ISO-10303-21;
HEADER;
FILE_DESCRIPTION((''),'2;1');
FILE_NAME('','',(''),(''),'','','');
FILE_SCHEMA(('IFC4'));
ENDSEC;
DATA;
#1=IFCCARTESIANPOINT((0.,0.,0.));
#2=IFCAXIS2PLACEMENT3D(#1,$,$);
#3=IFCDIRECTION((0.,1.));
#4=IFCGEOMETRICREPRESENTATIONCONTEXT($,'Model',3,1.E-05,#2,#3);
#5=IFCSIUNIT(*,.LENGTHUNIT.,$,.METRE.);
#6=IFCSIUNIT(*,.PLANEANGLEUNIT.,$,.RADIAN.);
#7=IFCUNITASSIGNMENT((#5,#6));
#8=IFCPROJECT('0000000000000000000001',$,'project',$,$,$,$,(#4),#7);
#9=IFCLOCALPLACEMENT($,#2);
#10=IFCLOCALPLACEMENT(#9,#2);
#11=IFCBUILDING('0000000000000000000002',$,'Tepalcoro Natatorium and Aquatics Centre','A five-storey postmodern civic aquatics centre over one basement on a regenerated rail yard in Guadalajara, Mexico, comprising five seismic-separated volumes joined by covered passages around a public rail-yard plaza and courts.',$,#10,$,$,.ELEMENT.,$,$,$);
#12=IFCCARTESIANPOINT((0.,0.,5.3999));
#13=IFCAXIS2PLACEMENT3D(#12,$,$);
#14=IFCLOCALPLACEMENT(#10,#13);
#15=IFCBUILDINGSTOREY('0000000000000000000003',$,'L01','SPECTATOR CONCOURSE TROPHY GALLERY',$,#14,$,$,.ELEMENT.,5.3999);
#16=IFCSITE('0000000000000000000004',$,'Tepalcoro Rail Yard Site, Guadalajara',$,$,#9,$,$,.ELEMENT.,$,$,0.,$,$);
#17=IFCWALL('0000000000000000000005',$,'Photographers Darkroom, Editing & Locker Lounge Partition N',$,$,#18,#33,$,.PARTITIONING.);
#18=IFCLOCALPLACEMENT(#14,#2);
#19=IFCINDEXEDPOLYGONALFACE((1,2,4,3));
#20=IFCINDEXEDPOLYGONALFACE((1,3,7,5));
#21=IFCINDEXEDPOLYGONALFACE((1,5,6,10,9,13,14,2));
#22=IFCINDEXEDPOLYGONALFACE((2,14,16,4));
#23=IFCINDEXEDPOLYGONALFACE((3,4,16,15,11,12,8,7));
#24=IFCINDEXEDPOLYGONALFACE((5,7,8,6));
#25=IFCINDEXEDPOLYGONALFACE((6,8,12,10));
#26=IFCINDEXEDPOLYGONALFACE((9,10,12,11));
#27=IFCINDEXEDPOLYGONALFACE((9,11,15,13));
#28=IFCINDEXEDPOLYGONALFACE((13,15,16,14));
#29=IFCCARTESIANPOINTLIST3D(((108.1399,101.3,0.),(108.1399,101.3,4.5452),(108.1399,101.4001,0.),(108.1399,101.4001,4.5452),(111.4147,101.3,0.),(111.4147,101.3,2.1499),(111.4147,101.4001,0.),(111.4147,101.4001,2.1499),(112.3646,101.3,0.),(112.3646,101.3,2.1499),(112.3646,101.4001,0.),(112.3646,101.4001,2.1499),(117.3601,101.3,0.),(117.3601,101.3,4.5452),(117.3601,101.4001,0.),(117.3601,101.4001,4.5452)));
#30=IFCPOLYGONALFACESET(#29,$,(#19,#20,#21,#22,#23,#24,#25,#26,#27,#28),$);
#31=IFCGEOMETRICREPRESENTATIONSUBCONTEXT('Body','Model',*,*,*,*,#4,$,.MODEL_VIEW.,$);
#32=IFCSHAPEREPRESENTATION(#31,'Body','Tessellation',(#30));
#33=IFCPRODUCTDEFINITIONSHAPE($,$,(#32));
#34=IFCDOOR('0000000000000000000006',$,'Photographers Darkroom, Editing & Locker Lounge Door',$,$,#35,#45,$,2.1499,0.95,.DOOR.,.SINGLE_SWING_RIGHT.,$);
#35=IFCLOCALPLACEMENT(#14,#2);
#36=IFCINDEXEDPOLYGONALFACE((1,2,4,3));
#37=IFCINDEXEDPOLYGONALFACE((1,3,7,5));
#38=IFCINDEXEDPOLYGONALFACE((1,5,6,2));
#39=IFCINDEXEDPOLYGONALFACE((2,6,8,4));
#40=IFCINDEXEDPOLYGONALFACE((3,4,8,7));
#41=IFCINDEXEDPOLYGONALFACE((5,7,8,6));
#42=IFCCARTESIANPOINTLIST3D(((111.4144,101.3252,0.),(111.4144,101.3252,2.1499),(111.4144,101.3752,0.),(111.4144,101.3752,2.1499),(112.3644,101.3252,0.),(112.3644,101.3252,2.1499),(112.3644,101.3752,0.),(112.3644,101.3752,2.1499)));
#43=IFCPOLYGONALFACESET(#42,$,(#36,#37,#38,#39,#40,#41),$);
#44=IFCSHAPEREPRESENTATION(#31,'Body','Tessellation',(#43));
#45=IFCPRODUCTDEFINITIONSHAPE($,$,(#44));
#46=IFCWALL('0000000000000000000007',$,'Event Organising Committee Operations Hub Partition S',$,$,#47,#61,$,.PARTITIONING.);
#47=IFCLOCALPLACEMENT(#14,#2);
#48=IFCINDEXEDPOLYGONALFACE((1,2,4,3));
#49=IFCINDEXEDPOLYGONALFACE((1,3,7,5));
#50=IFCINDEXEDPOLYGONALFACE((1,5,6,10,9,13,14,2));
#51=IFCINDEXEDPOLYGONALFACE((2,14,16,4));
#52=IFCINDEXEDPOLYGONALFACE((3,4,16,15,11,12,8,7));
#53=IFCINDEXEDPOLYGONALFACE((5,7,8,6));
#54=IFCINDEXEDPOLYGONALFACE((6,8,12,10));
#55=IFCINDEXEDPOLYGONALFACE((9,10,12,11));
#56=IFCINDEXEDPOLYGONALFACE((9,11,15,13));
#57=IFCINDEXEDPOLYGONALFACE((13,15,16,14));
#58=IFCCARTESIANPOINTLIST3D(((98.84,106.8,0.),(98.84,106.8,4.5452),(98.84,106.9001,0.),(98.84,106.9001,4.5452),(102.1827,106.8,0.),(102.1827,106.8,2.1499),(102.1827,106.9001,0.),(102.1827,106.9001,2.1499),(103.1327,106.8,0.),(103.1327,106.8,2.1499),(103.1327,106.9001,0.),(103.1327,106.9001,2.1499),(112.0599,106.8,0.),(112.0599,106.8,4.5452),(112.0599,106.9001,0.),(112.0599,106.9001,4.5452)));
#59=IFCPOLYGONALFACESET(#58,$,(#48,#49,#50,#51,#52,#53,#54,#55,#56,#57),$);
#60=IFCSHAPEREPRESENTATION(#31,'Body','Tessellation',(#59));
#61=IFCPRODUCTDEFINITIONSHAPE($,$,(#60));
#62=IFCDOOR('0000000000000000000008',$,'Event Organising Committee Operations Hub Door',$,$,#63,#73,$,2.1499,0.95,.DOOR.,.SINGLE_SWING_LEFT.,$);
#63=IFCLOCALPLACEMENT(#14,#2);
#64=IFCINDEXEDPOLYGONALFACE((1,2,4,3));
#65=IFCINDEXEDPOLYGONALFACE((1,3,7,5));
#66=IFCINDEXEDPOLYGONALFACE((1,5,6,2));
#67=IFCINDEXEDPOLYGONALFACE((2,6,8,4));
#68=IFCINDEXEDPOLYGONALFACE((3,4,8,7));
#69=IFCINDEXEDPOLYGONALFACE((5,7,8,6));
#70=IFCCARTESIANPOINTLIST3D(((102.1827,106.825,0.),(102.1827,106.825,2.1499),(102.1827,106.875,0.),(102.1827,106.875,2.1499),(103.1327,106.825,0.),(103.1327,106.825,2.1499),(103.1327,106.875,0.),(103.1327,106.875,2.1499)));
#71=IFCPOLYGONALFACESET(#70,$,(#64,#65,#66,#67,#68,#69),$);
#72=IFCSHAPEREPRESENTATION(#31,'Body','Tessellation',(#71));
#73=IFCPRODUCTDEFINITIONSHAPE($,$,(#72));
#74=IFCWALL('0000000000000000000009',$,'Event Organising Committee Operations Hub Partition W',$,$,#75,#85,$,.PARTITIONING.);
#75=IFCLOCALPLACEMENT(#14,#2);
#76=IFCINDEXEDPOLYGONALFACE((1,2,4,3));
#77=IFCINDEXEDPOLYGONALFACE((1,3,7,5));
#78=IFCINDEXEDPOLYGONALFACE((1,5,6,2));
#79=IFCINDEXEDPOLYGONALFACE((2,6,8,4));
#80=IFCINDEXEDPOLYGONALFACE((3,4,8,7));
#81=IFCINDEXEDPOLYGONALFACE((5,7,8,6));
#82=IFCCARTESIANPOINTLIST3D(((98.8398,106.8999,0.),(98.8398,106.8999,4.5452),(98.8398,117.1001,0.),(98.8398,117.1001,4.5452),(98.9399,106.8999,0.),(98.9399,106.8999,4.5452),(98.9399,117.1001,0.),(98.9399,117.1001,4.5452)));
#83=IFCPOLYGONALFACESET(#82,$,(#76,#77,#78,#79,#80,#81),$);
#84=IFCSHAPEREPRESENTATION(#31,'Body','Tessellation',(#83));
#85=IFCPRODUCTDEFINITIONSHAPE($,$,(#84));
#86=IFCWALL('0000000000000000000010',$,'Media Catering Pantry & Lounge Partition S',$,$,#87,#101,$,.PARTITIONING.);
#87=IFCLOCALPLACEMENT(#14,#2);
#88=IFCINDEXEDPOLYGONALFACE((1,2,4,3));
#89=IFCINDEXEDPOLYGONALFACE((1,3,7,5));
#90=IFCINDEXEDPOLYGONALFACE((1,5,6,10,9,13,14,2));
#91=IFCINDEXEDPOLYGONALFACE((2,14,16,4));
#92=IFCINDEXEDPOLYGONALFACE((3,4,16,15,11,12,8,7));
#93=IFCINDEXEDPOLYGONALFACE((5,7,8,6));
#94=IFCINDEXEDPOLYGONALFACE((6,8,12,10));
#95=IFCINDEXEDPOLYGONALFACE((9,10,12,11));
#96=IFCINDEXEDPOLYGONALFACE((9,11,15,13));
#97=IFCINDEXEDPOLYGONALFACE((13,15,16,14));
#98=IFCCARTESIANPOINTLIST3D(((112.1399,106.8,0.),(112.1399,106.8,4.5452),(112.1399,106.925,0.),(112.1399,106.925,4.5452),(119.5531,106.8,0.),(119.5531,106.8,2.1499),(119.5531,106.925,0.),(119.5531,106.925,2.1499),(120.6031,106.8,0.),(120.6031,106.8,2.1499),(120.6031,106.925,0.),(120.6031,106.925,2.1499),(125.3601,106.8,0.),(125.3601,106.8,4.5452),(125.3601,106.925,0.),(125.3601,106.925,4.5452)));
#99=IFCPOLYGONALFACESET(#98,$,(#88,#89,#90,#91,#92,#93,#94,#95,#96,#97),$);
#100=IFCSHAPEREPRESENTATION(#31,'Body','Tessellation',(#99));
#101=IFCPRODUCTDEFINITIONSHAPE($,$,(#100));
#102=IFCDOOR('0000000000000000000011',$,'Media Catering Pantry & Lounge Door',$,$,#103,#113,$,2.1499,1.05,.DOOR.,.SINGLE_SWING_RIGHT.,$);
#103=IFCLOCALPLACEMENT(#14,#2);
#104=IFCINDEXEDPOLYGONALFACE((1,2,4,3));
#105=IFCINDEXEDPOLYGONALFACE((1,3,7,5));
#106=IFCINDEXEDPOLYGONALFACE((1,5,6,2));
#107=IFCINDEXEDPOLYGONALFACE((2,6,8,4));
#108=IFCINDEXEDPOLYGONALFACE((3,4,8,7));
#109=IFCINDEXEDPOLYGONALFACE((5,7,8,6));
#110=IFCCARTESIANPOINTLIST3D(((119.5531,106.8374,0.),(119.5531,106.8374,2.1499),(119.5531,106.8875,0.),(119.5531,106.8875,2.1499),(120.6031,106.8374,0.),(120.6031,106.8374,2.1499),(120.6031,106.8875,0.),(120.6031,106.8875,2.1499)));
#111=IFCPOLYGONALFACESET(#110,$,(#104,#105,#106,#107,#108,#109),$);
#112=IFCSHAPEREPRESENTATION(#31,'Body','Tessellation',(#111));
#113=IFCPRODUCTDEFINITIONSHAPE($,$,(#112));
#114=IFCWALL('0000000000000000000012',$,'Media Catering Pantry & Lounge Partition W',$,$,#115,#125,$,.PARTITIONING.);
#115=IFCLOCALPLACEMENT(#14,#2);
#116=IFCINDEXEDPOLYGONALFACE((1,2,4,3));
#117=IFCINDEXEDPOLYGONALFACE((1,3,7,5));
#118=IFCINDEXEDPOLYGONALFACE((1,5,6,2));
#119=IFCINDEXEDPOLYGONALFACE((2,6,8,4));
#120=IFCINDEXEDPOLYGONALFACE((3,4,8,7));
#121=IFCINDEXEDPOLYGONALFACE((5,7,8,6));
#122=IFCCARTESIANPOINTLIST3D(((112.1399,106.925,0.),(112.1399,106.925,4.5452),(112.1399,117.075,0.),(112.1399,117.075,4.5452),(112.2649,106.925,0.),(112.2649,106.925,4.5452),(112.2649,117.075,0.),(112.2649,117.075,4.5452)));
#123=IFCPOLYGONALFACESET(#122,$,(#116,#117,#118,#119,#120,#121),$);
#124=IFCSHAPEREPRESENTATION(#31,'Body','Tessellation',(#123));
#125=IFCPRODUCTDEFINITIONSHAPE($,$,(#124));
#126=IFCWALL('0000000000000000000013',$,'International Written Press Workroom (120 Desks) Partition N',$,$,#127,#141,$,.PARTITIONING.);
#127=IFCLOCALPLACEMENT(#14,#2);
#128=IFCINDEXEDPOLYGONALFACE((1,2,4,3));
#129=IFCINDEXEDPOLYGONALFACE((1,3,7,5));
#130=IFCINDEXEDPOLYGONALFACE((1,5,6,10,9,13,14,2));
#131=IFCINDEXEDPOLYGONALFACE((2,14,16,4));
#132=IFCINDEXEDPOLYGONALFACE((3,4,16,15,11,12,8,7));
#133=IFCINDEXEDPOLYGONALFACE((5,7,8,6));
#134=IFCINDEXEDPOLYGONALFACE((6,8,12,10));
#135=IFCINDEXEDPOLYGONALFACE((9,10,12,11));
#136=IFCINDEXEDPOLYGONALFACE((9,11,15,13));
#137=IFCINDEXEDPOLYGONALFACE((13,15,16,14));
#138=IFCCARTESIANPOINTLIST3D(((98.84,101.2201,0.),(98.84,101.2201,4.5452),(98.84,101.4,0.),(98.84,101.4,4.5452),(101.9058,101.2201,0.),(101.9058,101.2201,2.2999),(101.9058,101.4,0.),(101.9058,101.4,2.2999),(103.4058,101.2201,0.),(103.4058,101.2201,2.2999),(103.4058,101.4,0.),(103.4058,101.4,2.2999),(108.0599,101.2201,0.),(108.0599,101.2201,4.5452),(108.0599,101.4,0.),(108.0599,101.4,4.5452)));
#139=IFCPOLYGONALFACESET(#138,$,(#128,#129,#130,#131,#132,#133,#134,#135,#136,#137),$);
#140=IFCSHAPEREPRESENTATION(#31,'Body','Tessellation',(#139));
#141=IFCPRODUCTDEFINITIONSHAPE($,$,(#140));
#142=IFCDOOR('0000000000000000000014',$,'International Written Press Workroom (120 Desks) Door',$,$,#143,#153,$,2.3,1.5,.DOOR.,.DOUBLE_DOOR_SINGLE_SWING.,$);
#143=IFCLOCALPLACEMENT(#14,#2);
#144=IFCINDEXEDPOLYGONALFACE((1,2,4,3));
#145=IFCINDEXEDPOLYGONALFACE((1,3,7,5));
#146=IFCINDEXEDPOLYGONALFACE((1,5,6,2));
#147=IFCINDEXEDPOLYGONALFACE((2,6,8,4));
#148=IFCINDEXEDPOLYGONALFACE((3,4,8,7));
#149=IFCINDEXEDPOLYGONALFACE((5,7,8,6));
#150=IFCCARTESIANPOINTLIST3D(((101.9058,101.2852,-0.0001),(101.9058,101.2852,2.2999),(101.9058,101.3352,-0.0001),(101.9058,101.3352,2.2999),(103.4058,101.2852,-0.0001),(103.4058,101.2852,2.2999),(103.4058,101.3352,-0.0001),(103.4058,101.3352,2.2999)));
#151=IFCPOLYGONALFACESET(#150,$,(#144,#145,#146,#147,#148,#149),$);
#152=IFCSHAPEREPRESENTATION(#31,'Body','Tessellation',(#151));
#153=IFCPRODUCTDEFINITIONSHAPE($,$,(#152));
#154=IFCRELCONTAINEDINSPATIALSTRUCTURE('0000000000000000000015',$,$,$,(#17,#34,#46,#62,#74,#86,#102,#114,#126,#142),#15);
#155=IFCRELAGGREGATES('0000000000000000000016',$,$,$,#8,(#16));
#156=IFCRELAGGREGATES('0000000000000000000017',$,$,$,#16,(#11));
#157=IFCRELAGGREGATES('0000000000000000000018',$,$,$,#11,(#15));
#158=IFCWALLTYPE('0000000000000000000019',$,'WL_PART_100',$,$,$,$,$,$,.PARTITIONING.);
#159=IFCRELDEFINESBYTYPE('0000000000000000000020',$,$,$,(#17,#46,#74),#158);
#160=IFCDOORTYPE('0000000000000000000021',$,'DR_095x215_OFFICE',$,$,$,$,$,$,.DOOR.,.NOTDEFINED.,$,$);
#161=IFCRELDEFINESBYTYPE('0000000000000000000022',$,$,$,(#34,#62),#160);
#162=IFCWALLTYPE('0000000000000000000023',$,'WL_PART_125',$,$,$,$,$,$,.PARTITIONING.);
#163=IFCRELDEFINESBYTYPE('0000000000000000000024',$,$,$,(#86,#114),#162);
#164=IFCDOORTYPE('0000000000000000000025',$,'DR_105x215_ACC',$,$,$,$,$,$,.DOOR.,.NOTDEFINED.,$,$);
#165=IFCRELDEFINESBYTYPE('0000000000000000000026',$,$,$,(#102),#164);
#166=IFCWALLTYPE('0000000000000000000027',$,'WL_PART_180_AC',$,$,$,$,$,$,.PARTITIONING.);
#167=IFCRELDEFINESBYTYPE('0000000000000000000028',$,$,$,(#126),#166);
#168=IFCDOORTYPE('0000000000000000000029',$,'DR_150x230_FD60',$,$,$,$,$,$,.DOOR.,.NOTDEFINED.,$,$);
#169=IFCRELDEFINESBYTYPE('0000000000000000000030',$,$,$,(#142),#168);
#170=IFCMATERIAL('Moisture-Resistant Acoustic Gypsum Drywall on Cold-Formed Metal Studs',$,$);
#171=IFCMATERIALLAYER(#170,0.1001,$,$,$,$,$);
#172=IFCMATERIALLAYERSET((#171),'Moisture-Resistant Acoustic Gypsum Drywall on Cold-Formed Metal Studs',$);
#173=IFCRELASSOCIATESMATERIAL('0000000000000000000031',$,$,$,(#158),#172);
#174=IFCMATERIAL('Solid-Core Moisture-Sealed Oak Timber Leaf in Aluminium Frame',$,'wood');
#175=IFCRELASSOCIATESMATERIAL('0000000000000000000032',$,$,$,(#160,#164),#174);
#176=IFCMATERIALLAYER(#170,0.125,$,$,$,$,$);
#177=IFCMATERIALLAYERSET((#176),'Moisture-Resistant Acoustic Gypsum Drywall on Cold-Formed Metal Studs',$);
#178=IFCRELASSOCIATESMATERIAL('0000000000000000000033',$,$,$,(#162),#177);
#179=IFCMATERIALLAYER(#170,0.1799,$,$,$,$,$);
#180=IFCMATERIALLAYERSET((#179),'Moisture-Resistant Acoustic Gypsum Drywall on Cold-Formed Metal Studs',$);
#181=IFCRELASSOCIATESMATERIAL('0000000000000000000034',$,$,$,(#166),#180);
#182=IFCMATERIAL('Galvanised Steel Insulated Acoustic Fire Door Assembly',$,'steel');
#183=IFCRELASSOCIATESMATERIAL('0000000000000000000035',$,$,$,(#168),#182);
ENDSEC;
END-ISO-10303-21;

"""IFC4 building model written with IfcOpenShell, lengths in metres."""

from ifc_helpers import new_model, si_unit, direction, frame, frame_2d, origin, place, context, subcontext, project, spatial, rectangle, extrude, material, layer, layer_set, type_object, element, fill, save


model = new_model("IFC4")

# Units and contexts
model_context = context("Model", 3, precision=1e-05, world=origin(), true_north=direction((0.0, 1.0)))
body_context = subcontext(model_context, "Body", "Model", "MODEL_VIEW")
ifc_project = project(units=[si_unit("LENGTHUNIT", "METRE"), si_unit("PLANEANGLEUNIT", "RADIAN")], contexts=[model_context])

# Site, building, storey
site_placement = place(None, origin())
site = spatial("IfcSite", under=ifc_project, at=site_placement, Name="Tepalcoro Rail Yard Site, Guadalajara", CompositionType="ELEMENT", RefElevation=0.0)
building_placement = place(site_placement, origin())
building = spatial("IfcBuilding", under=site, at=building_placement, Name="Tepalcoro Natatorium and Aquatics Centre", Description="A five-storey postmodern civic aquatics centre over one basement on a regenerated rail yard in Guadalajara, Mexico, comprising five seismic-separated volumes joined by covered passages around a public rail-yard plaza and courts.", CompositionType="ELEMENT")
storey_placement = place(building_placement, frame((0.0, 0.0, 5.3999)))
storey = spatial("IfcBuildingStorey", under=building, at=storey_placement, Name="L01", Description="SPECTATOR CONCOURSE TROPHY GALLERY", CompositionType="ELEMENT", Elevation=5.3999)

# Walls, openings, doors
ifc_material_1 = material(Name="Moisture-Resistant Acoustic Gypsum Drywall on Cold-Formed Metal Studs")
ifc_layer_1 = layer(ifc_material_1, 0.1001)
ifc_layer_set_1 = layer_set([ifc_layer_1], Name="Moisture-Resistant Acoustic Gypsum Drywall on Cold-Formed Metal Studs")
wall_type_1 = type_object("IfcWallType", Name="WL_PART_100", PredefinedType="PARTITIONING", material=ifc_layer_set_1)
wall_1_placement = place(storey_placement, frame((108.1399, 101.3501, 0.0), z_axis=(0.0, 0.0, 1.0), x_axis=(1.0, 0.0, 0.0)))
wall_1 = element("IfcWall", 1, at=wall_1_placement, inside=storey, type_object=wall_type_1, Name="Photographers Darkroom, Editing & Locker Lounge Partition N", PredefinedType="PARTITIONING", context=body_context, shape_type="SweptSolid", body=[
    extrude(rectangle(XDim=9.2202, YDim=0.1001, at=frame_2d((4.6101, 0.0))), origin(), (0.0, 0.0, 1.0), 4.5452),
])
opening_1_placement = place(wall_1_placement, frame((3.2747, 0.0, 0.0)))
opening_1 = element("IfcOpeningElement", 2, at=opening_1_placement, cuts=wall_1, PredefinedType="OPENING", context=body_context, shape_type="SweptSolid", body=[
    extrude(rectangle(XDim=0.95, YDim=2.1499, at=frame_2d((0.4751, 1.075))), frame((0.0, 0.062, 0.0), z_axis=(0.0, -1.0, 0.0), x_axis=(1.0, 0.0, 0.0)), (0.0, 0.0, 1.0), 0.124),
])
ifc_material_2 = material(Name="Solid-Core Moisture-Sealed Oak Timber Leaf in Aluminium Frame", Category="wood")
door_type_1 = type_object("IfcDoorType", Name="DR_095x215_OFFICE", OperationType="NOTDEFINED", PredefinedType="DOOR", material=ifc_material_2)
door_1_placement = place(opening_1_placement, frame((0.95, 0.0, 0.0), z_axis=(0.0, 0.0, 1.0), x_axis=(-1.0, 0.0, 0.0)))
door_1 = element("IfcDoor", 3, at=door_1_placement, inside=storey, type_object=door_type_1, Name="Photographers Darkroom, Editing & Locker Lounge Door", OperationType="SINGLE_SWING_RIGHT", OverallHeight=2.1499, OverallWidth=0.95, PredefinedType="DOOR", context=body_context, shape_type="SweptSolid", body=[
    extrude(rectangle(XDim=0.95, YDim=2.1499, at=frame_2d((0.4751, 1.075))), frame((0.0, 0.0249, 0.0), z_axis=(0.0, -1.0, 0.0), x_axis=(1.0, 0.0, 0.0)), (0.0, 0.0, 1.0), 0.05),
])
fill(opening_1, door_1)
wall_2_placement = place(storey_placement, frame((98.8401, 106.8501, 0.0), z_axis=(0.0, 0.0, 1.0), x_axis=(1.0, 0.0, 0.0)))
wall_2 = element("IfcWall", 4, at=wall_2_placement, inside=storey, type_object=wall_type_1, Name="Event Organising Committee Operations Hub Partition S", PredefinedType="PARTITIONING", context=body_context, shape_type="SweptSolid", body=[
    extrude(rectangle(XDim=13.22, YDim=0.1001, at=frame_2d((6.6099, 0.0))), origin(), (0.0, 0.0, 1.0), 4.5452),
])
opening_2_placement = place(wall_2_placement, frame((3.3425, 0.0, 0.0)))
opening_2 = element("IfcOpeningElement", 5, at=opening_2_placement, cuts=wall_2, PredefinedType="OPENING", context=body_context, shape_type="SweptSolid", body=[
    extrude(rectangle(XDim=0.95, YDim=2.1499, at=frame_2d((0.4751, 1.075))), frame((0.0, 0.062, 0.0), z_axis=(0.0, -1.0, 0.0), x_axis=(1.0, 0.0, 0.0)), (0.0, 0.0, 1.0), 0.124),
])
door_2_placement = place(opening_2_placement, origin())
door_2 = element("IfcDoor", 6, at=door_2_placement, inside=storey, type_object=door_type_1, Name="Event Organising Committee Operations Hub Door", OperationType="SINGLE_SWING_LEFT", OverallHeight=2.1499, OverallWidth=0.95, PredefinedType="DOOR", context=body_context, shape_type="SweptSolid", body=[
    extrude(rectangle(XDim=0.95, YDim=2.1499, at=frame_2d((0.4751, 1.075))), frame((0.0, 0.0249, 0.0), z_axis=(0.0, -1.0, 0.0), x_axis=(1.0, 0.0, 0.0)), (0.0, 0.0, 1.0), 0.05),
])
fill(opening_2, door_2)

# Wall
wall_3_placement = place(storey_placement, frame((98.8899, 106.8999, 0.0), z_axis=(0.0, 0.0, 1.0), x_axis=(0.0, 1.0, 0.0)))
element("IfcWall", 7, at=wall_3_placement, inside=storey, type_object=wall_type_1, Name="Event Organising Committee Operations Hub Partition W", PredefinedType="PARTITIONING", context=body_context, shape_type="SweptSolid", body=[
    extrude(rectangle(XDim=10.2002, YDim=0.1001, at=frame_2d((5.1001, 0.0))), origin(), (0.0, 0.0, 1.0), 4.5452),
])

# Wall, opening, door
ifc_layer_2 = layer(ifc_material_1, 0.125)
ifc_layer_set_2 = layer_set([ifc_layer_2], Name="Moisture-Resistant Acoustic Gypsum Drywall on Cold-Formed Metal Studs")
wall_type_2 = type_object("IfcWallType", Name="WL_PART_125", PredefinedType="PARTITIONING", material=ifc_layer_set_2)
wall_4_placement = place(storey_placement, frame((112.1399, 106.8625, 0.0), z_axis=(0.0, 0.0, 1.0), x_axis=(1.0, 0.0, 0.0)))
wall_4 = element("IfcWall", 8, at=wall_4_placement, inside=storey, type_object=wall_type_2, Name="Media Catering Pantry & Lounge Partition S", PredefinedType="PARTITIONING", context=body_context, shape_type="SweptSolid", body=[
    extrude(rectangle(XDim=13.2202, YDim=0.125, at=frame_2d((6.6101, 0.0))), origin(), (0.0, 0.0, 1.0), 4.5452),
])
opening_3_placement = place(wall_4_placement, frame((7.4133, 0.0, 0.0)))
opening_3 = element("IfcOpeningElement", 9, at=opening_3_placement, cuts=wall_4, PredefinedType="OPENING", context=body_context, shape_type="SweptSolid", body=[
    extrude(rectangle(XDim=1.05, YDim=2.1499, at=frame_2d((0.5249, 1.075))), frame((0.0, 0.0745, 0.0), z_axis=(0.0, -1.0, 0.0), x_axis=(1.0, 0.0, 0.0)), (0.0, 0.0, 1.0), 0.1489),
])
door_type_2 = type_object("IfcDoorType", Name="DR_105x215_ACC", OperationType="NOTDEFINED", PredefinedType="DOOR", material=ifc_material_2)
door_3_placement = place(opening_3_placement, origin())
door_3 = element("IfcDoor", 10, at=door_3_placement, inside=storey, type_object=door_type_2, Name="Media Catering Pantry & Lounge Door", OperationType="SINGLE_SWING_RIGHT", OverallHeight=2.1499, OverallWidth=1.05, PredefinedType="DOOR", context=body_context, shape_type="SweptSolid", body=[
    extrude(rectangle(XDim=1.05, YDim=2.1499, at=frame_2d((0.5249, 1.075))), frame((0.0, 0.0249, 0.0), z_axis=(0.0, -1.0, 0.0), x_axis=(1.0, 0.0, 0.0)), (0.0, 0.0, 1.0), 0.05),
])
fill(opening_3, door_3)

# Wall
wall_5_placement = place(storey_placement, frame((112.2024, 106.925, 0.0), z_axis=(0.0, 0.0, 1.0), x_axis=(0.0, 1.0, 0.0)))
element("IfcWall", 11, at=wall_5_placement, inside=storey, type_object=wall_type_2, Name="Media Catering Pantry & Lounge Partition W", PredefinedType="PARTITIONING", context=body_context, shape_type="SweptSolid", body=[
    extrude(rectangle(XDim=10.1499, YDim=0.125, at=frame_2d((5.075, 0.0))), origin(), (0.0, 0.0, 1.0), 4.5452),
])

# Wall, opening, door
ifc_layer_3 = layer(ifc_material_1, 0.1799)
ifc_layer_set_3 = layer_set([ifc_layer_3], Name="Moisture-Resistant Acoustic Gypsum Drywall on Cold-Formed Metal Studs")
wall_type_3 = type_object("IfcWallType", Name="WL_PART_180_AC", PredefinedType="PARTITIONING", material=ifc_layer_set_3)
wall_6_placement = place(storey_placement, frame((98.8401, 101.3101, 0.0), z_axis=(0.0, 0.0, 1.0), x_axis=(1.0, 0.0, 0.0)))
wall_6 = element("IfcWall", 12, at=wall_6_placement, inside=storey, type_object=wall_type_3, Name="International Written Press Workroom (120 Desks) Partition N", PredefinedType="PARTITIONING", context=body_context, shape_type="SweptSolid", body=[
    extrude(rectangle(XDim=9.22, YDim=0.1799, at=frame_2d((4.6099, 0.0))), origin(), (0.0, 0.0, 1.0), 4.5452),
])
opening_4_placement = place(wall_6_placement, frame((3.0657, 0.0, 0.0)))
opening_4 = element("IfcOpeningElement", 13, at=opening_4_placement, cuts=wall_6, PredefinedType="OPENING", context=body_context, shape_type="SweptSolid", body=[
    extrude(rectangle(XDim=1.5, YDim=2.3, at=frame_2d((0.75, 1.1499))), frame((0.0, 0.1021, 0.0), z_axis=(0.0, -1.0, 0.0), x_axis=(1.0, 0.0, 0.0)), (0.0, 0.0, 1.0), 0.2039),
])
ifc_material_3 = material(Name="Galvanised Steel Insulated Acoustic Fire Door Assembly", Category="steel")
door_type_3 = type_object("IfcDoorType", Name="DR_150x230_FD60", OperationType="NOTDEFINED", PredefinedType="DOOR", material=ifc_material_3)
door_4_placement = place(opening_4_placement, frame((1.5, 0.0, 0.0), z_axis=(0.0, 0.0, 1.0), x_axis=(-1.0, 0.0, 0.0)))
door_4 = element("IfcDoor", 14, at=door_4_placement, inside=storey, type_object=door_type_3, Name="International Written Press Workroom (120 Desks) Door", OperationType="DOUBLE_DOOR_SINGLE_SWING", OverallHeight=2.3, OverallWidth=1.5, PredefinedType="DOOR", context=body_context, shape_type="SweptSolid", body=[
    extrude(rectangle(XDim=1.5, YDim=2.3, at=frame_2d((0.75, 1.1499))), frame((0.0, 0.0249, 0.0), z_axis=(0.0, -1.0, 0.0), x_axis=(1.0, 0.0, 0.0)), (0.0, 0.0, 1.0), 0.05),
])
fill(opening_4, door_4)

save(model, "model.ifc")
